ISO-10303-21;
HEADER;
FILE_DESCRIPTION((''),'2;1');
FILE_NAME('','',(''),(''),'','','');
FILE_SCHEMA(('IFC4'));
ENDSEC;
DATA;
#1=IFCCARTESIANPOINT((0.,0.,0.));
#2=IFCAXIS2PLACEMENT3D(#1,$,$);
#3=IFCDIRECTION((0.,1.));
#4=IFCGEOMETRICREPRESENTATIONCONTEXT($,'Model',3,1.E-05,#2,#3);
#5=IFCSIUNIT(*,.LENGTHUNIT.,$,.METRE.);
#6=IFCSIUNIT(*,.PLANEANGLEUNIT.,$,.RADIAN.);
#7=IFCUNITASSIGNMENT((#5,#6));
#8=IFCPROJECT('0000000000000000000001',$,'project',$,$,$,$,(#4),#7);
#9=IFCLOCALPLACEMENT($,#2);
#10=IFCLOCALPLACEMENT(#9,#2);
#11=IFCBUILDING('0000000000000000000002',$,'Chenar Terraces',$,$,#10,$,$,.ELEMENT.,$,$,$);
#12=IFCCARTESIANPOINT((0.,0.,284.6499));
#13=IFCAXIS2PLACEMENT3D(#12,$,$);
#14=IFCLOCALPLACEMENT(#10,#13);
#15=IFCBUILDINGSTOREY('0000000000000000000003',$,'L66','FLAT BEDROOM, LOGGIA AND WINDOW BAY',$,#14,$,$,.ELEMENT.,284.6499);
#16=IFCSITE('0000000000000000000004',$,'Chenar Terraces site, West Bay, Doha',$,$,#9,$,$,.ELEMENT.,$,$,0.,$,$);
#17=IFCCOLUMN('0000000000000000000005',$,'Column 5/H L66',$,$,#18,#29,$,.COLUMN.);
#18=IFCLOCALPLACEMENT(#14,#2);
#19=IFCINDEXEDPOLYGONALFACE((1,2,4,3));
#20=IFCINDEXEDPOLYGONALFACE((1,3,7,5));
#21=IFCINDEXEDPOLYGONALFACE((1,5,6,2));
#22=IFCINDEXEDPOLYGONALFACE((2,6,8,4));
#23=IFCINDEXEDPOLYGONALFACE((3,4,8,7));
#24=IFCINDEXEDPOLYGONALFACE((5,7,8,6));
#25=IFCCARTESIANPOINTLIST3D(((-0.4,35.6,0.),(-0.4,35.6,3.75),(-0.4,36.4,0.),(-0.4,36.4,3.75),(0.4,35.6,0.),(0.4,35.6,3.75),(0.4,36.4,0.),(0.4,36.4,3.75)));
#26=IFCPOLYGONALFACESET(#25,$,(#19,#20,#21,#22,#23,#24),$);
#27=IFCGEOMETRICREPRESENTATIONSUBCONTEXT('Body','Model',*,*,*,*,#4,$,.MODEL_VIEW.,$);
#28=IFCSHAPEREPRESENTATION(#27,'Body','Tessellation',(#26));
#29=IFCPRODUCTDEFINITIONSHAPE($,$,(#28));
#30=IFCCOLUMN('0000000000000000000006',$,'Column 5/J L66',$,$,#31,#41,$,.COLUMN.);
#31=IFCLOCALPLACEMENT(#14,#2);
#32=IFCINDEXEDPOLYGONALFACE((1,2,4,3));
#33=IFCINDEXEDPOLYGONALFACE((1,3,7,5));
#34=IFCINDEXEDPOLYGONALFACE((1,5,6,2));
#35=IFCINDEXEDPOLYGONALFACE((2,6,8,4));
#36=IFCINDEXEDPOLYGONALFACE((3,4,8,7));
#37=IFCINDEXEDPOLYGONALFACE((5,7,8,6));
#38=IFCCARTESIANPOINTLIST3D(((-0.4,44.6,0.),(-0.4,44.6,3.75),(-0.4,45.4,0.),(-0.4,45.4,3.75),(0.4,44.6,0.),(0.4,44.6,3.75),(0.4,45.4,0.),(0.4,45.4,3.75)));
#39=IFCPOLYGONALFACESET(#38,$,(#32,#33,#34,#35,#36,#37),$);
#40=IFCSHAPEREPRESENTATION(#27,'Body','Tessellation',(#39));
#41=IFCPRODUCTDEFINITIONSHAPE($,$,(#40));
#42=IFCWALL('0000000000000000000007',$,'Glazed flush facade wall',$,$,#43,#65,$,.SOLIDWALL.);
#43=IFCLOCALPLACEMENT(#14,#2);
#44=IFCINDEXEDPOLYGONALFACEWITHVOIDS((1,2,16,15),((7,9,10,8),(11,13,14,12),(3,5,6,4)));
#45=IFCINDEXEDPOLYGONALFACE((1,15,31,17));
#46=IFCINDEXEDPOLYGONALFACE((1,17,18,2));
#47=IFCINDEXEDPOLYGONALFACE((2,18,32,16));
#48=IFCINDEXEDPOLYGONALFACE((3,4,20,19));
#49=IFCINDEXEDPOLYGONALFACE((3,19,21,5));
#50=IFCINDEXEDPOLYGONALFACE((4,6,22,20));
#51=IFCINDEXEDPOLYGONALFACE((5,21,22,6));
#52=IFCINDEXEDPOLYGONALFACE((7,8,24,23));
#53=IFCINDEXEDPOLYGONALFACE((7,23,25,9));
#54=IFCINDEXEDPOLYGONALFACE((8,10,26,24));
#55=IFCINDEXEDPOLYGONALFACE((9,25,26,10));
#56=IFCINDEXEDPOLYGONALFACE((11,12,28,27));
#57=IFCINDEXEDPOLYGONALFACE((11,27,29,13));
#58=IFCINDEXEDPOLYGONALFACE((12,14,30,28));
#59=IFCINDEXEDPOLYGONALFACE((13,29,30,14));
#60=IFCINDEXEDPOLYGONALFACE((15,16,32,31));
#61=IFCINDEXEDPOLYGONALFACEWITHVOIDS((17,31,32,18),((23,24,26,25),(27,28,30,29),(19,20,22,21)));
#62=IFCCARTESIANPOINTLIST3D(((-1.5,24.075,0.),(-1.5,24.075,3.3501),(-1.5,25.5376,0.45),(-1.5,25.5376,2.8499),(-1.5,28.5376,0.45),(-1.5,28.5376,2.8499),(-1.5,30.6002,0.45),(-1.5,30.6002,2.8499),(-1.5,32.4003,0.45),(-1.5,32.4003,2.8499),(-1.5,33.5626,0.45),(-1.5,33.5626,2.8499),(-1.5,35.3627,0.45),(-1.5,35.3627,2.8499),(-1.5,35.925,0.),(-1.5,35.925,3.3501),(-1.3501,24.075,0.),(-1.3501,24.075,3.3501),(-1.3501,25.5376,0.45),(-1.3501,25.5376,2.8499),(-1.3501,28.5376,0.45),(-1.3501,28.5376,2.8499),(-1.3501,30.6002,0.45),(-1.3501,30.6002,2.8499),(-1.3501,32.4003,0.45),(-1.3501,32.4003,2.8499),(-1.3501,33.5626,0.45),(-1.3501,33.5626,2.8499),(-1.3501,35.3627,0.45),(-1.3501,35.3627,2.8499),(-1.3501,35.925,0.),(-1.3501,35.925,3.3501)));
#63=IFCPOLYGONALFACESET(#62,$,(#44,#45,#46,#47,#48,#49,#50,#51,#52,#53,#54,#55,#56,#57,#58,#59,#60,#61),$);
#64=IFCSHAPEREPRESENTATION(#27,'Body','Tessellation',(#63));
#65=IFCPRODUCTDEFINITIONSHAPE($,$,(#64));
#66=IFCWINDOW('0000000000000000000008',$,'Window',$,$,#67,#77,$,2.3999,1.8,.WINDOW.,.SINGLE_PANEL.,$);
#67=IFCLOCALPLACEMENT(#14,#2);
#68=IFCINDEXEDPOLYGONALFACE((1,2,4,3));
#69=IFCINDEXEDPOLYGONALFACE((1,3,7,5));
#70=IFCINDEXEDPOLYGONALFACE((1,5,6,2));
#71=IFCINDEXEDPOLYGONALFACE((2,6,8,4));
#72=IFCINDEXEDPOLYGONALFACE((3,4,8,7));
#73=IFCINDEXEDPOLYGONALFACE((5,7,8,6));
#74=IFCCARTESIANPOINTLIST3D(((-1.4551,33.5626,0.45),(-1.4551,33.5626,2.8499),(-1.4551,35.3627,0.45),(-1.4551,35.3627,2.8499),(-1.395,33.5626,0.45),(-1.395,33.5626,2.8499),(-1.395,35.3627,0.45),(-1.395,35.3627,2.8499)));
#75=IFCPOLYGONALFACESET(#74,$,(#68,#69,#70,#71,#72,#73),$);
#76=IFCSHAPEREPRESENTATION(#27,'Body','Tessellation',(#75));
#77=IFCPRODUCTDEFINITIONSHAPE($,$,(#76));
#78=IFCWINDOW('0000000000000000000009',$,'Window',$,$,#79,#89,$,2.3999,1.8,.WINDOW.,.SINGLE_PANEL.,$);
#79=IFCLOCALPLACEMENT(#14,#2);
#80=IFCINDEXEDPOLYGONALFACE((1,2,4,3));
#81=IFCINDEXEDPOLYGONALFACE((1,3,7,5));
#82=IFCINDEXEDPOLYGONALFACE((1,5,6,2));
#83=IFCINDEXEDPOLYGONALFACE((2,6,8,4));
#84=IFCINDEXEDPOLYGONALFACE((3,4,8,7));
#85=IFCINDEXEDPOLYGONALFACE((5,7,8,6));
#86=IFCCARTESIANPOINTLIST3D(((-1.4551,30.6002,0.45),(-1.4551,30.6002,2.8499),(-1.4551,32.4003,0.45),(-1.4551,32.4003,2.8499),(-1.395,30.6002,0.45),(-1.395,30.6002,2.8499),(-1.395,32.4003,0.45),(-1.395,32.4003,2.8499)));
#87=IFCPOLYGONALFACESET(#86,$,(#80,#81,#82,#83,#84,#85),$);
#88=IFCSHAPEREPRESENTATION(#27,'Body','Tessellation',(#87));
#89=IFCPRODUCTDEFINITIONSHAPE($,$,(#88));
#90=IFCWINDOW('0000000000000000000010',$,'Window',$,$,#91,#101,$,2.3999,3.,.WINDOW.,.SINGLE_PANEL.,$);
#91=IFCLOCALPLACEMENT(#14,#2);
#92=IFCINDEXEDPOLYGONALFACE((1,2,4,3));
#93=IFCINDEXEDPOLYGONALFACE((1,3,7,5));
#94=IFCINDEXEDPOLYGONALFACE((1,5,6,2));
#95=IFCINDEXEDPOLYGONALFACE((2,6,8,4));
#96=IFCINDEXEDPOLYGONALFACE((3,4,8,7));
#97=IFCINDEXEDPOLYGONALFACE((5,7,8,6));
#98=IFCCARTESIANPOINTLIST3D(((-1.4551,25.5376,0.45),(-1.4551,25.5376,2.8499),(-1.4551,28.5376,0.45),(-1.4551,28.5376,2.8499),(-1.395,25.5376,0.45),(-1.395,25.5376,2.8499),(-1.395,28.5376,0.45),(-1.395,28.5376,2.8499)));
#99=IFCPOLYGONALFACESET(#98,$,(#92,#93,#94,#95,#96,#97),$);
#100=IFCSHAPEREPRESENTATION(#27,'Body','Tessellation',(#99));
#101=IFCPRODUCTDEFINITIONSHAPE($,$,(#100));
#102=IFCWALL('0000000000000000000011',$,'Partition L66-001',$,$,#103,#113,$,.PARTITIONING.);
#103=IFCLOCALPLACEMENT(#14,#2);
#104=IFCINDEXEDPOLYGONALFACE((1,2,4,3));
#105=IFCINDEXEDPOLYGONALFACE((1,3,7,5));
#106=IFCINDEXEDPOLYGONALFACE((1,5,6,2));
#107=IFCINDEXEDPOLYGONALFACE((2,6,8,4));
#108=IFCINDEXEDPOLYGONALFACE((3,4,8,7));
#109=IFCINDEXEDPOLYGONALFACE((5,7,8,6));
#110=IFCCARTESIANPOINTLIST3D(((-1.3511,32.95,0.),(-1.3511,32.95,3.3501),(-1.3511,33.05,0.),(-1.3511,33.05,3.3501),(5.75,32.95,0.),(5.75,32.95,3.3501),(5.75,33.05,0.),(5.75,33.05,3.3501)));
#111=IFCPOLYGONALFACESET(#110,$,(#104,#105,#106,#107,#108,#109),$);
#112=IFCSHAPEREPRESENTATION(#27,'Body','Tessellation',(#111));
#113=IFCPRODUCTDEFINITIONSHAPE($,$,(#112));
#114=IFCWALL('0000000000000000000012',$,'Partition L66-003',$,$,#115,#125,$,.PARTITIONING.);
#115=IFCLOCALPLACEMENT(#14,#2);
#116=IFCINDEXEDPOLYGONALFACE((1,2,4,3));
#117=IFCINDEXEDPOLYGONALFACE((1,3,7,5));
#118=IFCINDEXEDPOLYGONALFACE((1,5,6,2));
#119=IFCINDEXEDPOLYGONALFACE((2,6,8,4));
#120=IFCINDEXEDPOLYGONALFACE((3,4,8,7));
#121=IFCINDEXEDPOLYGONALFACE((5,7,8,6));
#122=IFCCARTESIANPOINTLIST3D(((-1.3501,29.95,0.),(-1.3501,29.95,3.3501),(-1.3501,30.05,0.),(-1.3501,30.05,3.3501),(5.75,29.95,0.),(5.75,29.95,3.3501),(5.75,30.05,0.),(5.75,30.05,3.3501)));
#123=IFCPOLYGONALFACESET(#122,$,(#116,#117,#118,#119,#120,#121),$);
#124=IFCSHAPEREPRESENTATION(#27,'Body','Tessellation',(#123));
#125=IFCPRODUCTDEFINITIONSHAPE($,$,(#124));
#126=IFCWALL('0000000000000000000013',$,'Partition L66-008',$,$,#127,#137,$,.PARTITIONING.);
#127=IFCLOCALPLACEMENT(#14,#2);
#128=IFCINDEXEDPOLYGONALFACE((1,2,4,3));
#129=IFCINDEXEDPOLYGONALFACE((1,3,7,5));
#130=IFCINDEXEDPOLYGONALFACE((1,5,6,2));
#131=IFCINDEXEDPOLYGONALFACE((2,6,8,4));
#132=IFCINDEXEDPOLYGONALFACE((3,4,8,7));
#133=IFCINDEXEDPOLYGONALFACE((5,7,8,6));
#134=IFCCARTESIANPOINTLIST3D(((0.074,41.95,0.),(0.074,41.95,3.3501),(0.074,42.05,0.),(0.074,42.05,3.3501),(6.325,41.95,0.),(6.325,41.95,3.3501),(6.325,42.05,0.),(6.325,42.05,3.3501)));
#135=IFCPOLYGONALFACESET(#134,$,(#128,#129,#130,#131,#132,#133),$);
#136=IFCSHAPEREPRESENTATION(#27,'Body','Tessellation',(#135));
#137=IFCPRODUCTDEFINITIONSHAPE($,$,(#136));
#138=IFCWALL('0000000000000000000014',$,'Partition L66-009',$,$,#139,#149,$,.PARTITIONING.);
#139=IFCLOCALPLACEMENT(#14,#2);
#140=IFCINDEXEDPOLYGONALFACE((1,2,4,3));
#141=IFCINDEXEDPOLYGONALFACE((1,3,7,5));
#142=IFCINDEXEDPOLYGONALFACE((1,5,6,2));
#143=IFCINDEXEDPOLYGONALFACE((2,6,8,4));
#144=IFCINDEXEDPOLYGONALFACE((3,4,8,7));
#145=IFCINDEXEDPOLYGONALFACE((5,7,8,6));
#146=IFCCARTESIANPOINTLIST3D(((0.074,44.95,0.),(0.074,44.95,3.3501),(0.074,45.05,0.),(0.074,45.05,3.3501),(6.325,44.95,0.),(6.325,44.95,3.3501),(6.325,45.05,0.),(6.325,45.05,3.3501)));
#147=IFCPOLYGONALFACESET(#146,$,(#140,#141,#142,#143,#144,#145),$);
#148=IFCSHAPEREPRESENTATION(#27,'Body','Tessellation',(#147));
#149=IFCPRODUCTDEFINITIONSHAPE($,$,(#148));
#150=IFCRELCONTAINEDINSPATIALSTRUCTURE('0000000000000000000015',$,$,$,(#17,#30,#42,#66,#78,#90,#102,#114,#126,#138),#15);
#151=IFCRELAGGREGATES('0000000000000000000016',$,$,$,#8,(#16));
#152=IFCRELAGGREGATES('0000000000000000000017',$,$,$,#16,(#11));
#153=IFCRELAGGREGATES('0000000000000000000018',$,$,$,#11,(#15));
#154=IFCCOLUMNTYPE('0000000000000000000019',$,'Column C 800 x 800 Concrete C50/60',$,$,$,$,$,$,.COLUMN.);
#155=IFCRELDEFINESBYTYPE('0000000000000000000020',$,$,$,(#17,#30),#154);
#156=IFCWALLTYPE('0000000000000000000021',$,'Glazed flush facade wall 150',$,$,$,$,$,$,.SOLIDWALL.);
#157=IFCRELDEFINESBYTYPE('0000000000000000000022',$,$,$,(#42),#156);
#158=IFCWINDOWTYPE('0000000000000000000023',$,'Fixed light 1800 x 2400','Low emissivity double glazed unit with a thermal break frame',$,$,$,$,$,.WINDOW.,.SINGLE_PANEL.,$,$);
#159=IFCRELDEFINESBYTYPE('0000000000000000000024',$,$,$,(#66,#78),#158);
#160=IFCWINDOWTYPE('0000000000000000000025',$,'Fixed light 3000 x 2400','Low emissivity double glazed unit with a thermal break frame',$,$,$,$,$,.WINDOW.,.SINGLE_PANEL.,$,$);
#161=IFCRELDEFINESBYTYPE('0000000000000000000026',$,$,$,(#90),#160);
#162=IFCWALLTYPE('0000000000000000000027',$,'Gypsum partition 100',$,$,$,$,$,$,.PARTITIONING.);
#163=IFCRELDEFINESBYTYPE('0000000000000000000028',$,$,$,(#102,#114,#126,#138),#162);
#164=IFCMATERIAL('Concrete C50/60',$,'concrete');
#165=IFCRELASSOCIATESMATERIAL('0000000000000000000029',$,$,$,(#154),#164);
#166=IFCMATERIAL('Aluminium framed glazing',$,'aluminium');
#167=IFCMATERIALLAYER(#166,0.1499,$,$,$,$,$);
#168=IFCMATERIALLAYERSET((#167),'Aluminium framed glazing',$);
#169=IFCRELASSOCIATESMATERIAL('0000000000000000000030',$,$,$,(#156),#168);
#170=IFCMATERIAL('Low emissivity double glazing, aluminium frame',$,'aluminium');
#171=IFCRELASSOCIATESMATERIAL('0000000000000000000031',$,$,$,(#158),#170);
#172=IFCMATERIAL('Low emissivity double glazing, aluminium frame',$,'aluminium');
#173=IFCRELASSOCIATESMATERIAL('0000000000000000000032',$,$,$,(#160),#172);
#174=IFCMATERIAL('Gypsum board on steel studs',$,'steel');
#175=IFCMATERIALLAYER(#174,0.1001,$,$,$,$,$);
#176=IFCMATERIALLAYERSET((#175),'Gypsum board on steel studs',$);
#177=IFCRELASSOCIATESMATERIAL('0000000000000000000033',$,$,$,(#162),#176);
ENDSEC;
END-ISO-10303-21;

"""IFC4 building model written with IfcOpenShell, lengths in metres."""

from ifc_helpers import new_model, si_unit, direction, frame, frame_2d, origin, origin_2d, place, context, subcontext, project, spatial, rectangle, extrude, material, layer, layer_set, material_profile, profile_set, type_object, element, fill, save


model = new_model("IFC4")

# Units and contexts
model_context = context("Model", 3, precision=1e-05, world=origin(), true_north=direction((0.0, 1.0)))
body_context = subcontext(model_context, "Body", "Model", "MODEL_VIEW")
ifc_project = project(units=[si_unit("LENGTHUNIT", "METRE"), si_unit("PLANEANGLEUNIT", "RADIAN")], contexts=[model_context])

# Site, building, storey
site_placement = place(None, origin())
site = spatial("IfcSite", under=ifc_project, at=site_placement, Name="Chenar Terraces site, West Bay, Doha", CompositionType="ELEMENT", RefElevation=0.0)
building_placement = place(site_placement, origin())
building = spatial("IfcBuilding", under=site, at=building_placement, Name="Chenar Terraces", CompositionType="ELEMENT")
storey_placement = place(building_placement, frame((0.0, 0.0, 284.6499)))
storey = spatial("IfcBuildingStorey", under=building, at=storey_placement, Name="L66", Description="FLAT BEDROOM, LOGGIA AND WINDOW BAY", CompositionType="ELEMENT", Elevation=284.6499)

# Columns
ifc_material_1 = material(Name="Concrete C50/60", Category="concrete")
ifc_material_profile = material_profile(ifc_material_1, rectangle(XDim=0.8, YDim=0.8, at=origin_2d()), Name="C 800 x 800")
ifc_profile_set = profile_set([ifc_material_profile], Name="Concrete C50/60")
column_type = type_object("IfcColumnType", Name="Column C 800 x 800 Concrete C50/60", PredefinedType="COLUMN", material=ifc_profile_set)
placement = place(storey_placement, frame((0.0, 36.0, 0.0), z_axis=(0.0, 0.0, 1.0), x_axis=(1.0, 0.0, 0.0)))
element("IfcColumn", 1, at=placement, inside=storey, type_object=column_type, Name="Column 5/H L66", PredefinedType="COLUMN", context=body_context, shape_type="SweptSolid", body=[
    extrude(rectangle(XDim=0.8, YDim=0.8, at=origin_2d()), origin(), (0.0, 0.0, 1.0), 3.75),
])
column_1_placement = place(storey_placement, frame((0.0, 45.0, 0.0), z_axis=(0.0, 0.0, 1.0), x_axis=(1.0, 0.0, 0.0)))
element("IfcColumn", 2, at=column_1_placement, inside=storey, type_object=column_type, Name="Column 5/J L66", PredefinedType="COLUMN", context=body_context, shape_type="SweptSolid", body=[
    extrude(rectangle(XDim=0.8, YDim=0.8, at=origin_2d()), origin(), (0.0, 0.0, 1.0), 3.75),
])

# Wall, openings, windows
ifc_material_2 = material(Name="Aluminium framed glazing", Category="aluminium")
ifc_layer_1 = layer(ifc_material_2, 0.1499)
ifc_layer_set_1 = layer_set([ifc_layer_1], Name="Aluminium framed glazing")
wall_type_1 = type_object("IfcWallType", Name="Glazed flush facade wall 150", PredefinedType="SOLIDWALL", material=ifc_layer_set_1)
wall_1_placement = place(storey_placement, frame((-1.425, 35.925, 0.0), z_axis=(0.0, 0.0, 1.0), x_axis=(0.0, -1.0, 0.0)))
wall_1 = element("IfcWall", 3, at=wall_1_placement, inside=storey, type_object=wall_type_1, Name="Glazed flush facade wall", PredefinedType="SOLIDWALL", context=body_context, shape_type="SweptSolid", body=[
    extrude(rectangle(XDim=11.8501, YDim=0.1499, at=frame_2d((5.925, 0.0))), origin(), (0.0, 0.0, 1.0), 3.3501),
])
opening_1_placement = place(wall_1_placement, frame((0.5625, 0.0, 0.45)))
opening_1 = element("IfcOpeningElement", 4, at=opening_1_placement, cuts=wall_1, PredefinedType="OPENING", context=body_context, shape_type="SweptSolid", body=[
    extrude(rectangle(XDim=1.8, YDim=2.3999, at=frame_2d((0.8999, 1.2))), frame((0.0, 0.085, 0.0), z_axis=(0.0, -1.0, 0.0), x_axis=(1.0, 0.0, 0.0)), (0.0, 0.0, 1.0), 0.1699),
])
opening_2_placement = place(wall_1_placement, frame((3.5249, 0.0, 0.45)))
opening_2 = element("IfcOpeningElement", 5, at=opening_2_placement, cuts=wall_1, PredefinedType="OPENING", context=body_context, shape_type="SweptSolid", body=[
    extrude(rectangle(XDim=1.8, YDim=2.3999, at=frame_2d((0.8999, 1.2))), frame((0.0, 0.085, 0.0), z_axis=(0.0, -1.0, 0.0), x_axis=(1.0, 0.0, 0.0)), (0.0, 0.0, 1.0), 0.1699),
])
opening_3_placement = place(wall_1_placement, frame((7.3875, 0.0, 0.45)))
opening_3 = element("IfcOpeningElement", 6, at=opening_3_placement, cuts=wall_1, PredefinedType="OPENING", context=body_context, shape_type="SweptSolid", body=[
    extrude(rectangle(XDim=3.0, YDim=2.3999, at=frame_2d((1.5, 1.2))), frame((0.0, 0.085, 0.0), z_axis=(0.0, -1.0, 0.0), x_axis=(1.0, 0.0, 0.0)), (0.0, 0.0, 1.0), 0.1699),
])
ifc_material_3 = material(Name="Low emissivity double glazing, aluminium frame", Category="aluminium")
window_type_1 = type_object("IfcWindowType", Name="Fixed light 1800 x 2400", Description="Low emissivity double glazed unit with a thermal break frame", PartitioningType="SINGLE_PANEL", PredefinedType="WINDOW", material=ifc_material_3)
window_1_placement = place(opening_1_placement, origin())
window_1 = element("IfcWindow", 7, at=window_1_placement, inside=storey, type_object=window_type_1, Name="Window", OverallHeight=2.3999, OverallWidth=1.8, PartitioningType="SINGLE_PANEL", PredefinedType="WINDOW", context=body_context, shape_type="SweptSolid", body=[
    extrude(rectangle(XDim=1.8, YDim=2.3999, at=frame_2d((0.8999, 1.2))), frame((0.0, 0.03, 0.0), z_axis=(0.0, -1.0, 0.0), x_axis=(1.0, 0.0, 0.0)), (0.0, 0.0, 1.0), 0.0601),
])
fill(opening_1, window_1)
window_2_placement = place(opening_2_placement, origin())
window_2 = element("IfcWindow", 8, at=window_2_placement, inside=storey, type_object=window_type_1, Name="Window", OverallHeight=2.3999, OverallWidth=1.8, PartitioningType="SINGLE_PANEL", PredefinedType="WINDOW", context=body_context, shape_type="SweptSolid", body=[
    extrude(rectangle(XDim=1.8, YDim=2.3999, at=frame_2d((0.8999, 1.2))), frame((0.0, 0.03, 0.0), z_axis=(0.0, -1.0, 0.0), x_axis=(1.0, 0.0, 0.0)), (0.0, 0.0, 1.0), 0.0601),
])
fill(opening_2, window_2)
ifc_material_4 = material(Name="Low emissivity double glazing, aluminium frame", Category="aluminium")
window_type_2 = type_object("IfcWindowType", Name="Fixed light 3000 x 2400", Description="Low emissivity double glazed unit with a thermal break frame", PartitioningType="SINGLE_PANEL", PredefinedType="WINDOW", material=ifc_material_4)
window_3_placement = place(opening_3_placement, origin())
window_3 = element("IfcWindow", 9, at=window_3_placement, inside=storey, type_object=window_type_2, Name="Window", OverallHeight=2.3999, OverallWidth=3.0, PartitioningType="SINGLE_PANEL", PredefinedType="WINDOW", context=body_context, shape_type="SweptSolid", body=[
    extrude(rectangle(XDim=3.0, YDim=2.3999, at=frame_2d((1.5, 1.2))), frame((0.0, 0.03, 0.0), z_axis=(0.0, -1.0, 0.0), x_axis=(1.0, 0.0, 0.0)), (0.0, 0.0, 1.0), 0.0601),
])
fill(opening_3, window_3)

# Walls
ifc_material_5 = material(Name="Gypsum board on steel studs", Category="steel")
ifc_layer_2 = layer(ifc_material_5, 0.1001)
ifc_layer_set_2 = layer_set([ifc_layer_2], Name="Gypsum board on steel studs")
wall_type_2 = type_object("IfcWallType", Name="Gypsum partition 100", PredefinedType="PARTITIONING", material=ifc_layer_set_2)
wall_2_placement = place(storey_placement, frame((-1.3511, 33.0, 0.0), z_axis=(0.0, 0.0, 1.0), x_axis=(1.0, 0.0, 0.0)))
element("IfcWall", 10, at=wall_2_placement, inside=storey, type_object=wall_type_2, Name="Partition L66-001", PredefinedType="PARTITIONING", context=body_context, shape_type="SweptSolid", body=[
    extrude(rectangle(XDim=7.1011, YDim=0.1001, at=frame_2d((3.5505, 0.0))), origin(), (0.0, 0.0, 1.0), 3.3501),
])
wall_3_placement = place(storey_placement, frame((-1.3501, 30.0, 0.0), z_axis=(0.0, 0.0, 1.0), x_axis=(1.0, 0.0, 0.0)))
element("IfcWall", 11, at=wall_3_placement, inside=storey, type_object=wall_type_2, Name="Partition L66-003", PredefinedType="PARTITIONING", context=body_context, shape_type="SweptSolid", body=[
    extrude(rectangle(XDim=7.1001, YDim=0.1001, at=frame_2d((3.55, 0.0))), origin(), (0.0, 0.0, 1.0), 3.3501),
])
for number, where, z_axis, x_axis, name in (
    (12, (0.074, 42.0, 0.0), (0.0, 0.0, 1.0), (1.0, 0.0, 0.0), "Partition L66-008"),
    (13, (0.074, 45.0, 0.0), (0.0, 0.0, 1.0), (1.0, 0.0, 0.0), "Partition L66-009"),
):
    element("IfcWall", number, at=place(storey_placement, frame(where, z_axis=z_axis, x_axis=x_axis)), inside=storey, type_object=wall_type_2, Name=name, PredefinedType="PARTITIONING", context=body_context, shape_type="SweptSolid", body=[
        extrude(rectangle(XDim=6.251, YDim=0.1001, at=frame_2d((3.1255, 0.0))), origin(), (0.0, 0.0, 1.0), 3.3501),
    ])

save(model, "model.ifc")
